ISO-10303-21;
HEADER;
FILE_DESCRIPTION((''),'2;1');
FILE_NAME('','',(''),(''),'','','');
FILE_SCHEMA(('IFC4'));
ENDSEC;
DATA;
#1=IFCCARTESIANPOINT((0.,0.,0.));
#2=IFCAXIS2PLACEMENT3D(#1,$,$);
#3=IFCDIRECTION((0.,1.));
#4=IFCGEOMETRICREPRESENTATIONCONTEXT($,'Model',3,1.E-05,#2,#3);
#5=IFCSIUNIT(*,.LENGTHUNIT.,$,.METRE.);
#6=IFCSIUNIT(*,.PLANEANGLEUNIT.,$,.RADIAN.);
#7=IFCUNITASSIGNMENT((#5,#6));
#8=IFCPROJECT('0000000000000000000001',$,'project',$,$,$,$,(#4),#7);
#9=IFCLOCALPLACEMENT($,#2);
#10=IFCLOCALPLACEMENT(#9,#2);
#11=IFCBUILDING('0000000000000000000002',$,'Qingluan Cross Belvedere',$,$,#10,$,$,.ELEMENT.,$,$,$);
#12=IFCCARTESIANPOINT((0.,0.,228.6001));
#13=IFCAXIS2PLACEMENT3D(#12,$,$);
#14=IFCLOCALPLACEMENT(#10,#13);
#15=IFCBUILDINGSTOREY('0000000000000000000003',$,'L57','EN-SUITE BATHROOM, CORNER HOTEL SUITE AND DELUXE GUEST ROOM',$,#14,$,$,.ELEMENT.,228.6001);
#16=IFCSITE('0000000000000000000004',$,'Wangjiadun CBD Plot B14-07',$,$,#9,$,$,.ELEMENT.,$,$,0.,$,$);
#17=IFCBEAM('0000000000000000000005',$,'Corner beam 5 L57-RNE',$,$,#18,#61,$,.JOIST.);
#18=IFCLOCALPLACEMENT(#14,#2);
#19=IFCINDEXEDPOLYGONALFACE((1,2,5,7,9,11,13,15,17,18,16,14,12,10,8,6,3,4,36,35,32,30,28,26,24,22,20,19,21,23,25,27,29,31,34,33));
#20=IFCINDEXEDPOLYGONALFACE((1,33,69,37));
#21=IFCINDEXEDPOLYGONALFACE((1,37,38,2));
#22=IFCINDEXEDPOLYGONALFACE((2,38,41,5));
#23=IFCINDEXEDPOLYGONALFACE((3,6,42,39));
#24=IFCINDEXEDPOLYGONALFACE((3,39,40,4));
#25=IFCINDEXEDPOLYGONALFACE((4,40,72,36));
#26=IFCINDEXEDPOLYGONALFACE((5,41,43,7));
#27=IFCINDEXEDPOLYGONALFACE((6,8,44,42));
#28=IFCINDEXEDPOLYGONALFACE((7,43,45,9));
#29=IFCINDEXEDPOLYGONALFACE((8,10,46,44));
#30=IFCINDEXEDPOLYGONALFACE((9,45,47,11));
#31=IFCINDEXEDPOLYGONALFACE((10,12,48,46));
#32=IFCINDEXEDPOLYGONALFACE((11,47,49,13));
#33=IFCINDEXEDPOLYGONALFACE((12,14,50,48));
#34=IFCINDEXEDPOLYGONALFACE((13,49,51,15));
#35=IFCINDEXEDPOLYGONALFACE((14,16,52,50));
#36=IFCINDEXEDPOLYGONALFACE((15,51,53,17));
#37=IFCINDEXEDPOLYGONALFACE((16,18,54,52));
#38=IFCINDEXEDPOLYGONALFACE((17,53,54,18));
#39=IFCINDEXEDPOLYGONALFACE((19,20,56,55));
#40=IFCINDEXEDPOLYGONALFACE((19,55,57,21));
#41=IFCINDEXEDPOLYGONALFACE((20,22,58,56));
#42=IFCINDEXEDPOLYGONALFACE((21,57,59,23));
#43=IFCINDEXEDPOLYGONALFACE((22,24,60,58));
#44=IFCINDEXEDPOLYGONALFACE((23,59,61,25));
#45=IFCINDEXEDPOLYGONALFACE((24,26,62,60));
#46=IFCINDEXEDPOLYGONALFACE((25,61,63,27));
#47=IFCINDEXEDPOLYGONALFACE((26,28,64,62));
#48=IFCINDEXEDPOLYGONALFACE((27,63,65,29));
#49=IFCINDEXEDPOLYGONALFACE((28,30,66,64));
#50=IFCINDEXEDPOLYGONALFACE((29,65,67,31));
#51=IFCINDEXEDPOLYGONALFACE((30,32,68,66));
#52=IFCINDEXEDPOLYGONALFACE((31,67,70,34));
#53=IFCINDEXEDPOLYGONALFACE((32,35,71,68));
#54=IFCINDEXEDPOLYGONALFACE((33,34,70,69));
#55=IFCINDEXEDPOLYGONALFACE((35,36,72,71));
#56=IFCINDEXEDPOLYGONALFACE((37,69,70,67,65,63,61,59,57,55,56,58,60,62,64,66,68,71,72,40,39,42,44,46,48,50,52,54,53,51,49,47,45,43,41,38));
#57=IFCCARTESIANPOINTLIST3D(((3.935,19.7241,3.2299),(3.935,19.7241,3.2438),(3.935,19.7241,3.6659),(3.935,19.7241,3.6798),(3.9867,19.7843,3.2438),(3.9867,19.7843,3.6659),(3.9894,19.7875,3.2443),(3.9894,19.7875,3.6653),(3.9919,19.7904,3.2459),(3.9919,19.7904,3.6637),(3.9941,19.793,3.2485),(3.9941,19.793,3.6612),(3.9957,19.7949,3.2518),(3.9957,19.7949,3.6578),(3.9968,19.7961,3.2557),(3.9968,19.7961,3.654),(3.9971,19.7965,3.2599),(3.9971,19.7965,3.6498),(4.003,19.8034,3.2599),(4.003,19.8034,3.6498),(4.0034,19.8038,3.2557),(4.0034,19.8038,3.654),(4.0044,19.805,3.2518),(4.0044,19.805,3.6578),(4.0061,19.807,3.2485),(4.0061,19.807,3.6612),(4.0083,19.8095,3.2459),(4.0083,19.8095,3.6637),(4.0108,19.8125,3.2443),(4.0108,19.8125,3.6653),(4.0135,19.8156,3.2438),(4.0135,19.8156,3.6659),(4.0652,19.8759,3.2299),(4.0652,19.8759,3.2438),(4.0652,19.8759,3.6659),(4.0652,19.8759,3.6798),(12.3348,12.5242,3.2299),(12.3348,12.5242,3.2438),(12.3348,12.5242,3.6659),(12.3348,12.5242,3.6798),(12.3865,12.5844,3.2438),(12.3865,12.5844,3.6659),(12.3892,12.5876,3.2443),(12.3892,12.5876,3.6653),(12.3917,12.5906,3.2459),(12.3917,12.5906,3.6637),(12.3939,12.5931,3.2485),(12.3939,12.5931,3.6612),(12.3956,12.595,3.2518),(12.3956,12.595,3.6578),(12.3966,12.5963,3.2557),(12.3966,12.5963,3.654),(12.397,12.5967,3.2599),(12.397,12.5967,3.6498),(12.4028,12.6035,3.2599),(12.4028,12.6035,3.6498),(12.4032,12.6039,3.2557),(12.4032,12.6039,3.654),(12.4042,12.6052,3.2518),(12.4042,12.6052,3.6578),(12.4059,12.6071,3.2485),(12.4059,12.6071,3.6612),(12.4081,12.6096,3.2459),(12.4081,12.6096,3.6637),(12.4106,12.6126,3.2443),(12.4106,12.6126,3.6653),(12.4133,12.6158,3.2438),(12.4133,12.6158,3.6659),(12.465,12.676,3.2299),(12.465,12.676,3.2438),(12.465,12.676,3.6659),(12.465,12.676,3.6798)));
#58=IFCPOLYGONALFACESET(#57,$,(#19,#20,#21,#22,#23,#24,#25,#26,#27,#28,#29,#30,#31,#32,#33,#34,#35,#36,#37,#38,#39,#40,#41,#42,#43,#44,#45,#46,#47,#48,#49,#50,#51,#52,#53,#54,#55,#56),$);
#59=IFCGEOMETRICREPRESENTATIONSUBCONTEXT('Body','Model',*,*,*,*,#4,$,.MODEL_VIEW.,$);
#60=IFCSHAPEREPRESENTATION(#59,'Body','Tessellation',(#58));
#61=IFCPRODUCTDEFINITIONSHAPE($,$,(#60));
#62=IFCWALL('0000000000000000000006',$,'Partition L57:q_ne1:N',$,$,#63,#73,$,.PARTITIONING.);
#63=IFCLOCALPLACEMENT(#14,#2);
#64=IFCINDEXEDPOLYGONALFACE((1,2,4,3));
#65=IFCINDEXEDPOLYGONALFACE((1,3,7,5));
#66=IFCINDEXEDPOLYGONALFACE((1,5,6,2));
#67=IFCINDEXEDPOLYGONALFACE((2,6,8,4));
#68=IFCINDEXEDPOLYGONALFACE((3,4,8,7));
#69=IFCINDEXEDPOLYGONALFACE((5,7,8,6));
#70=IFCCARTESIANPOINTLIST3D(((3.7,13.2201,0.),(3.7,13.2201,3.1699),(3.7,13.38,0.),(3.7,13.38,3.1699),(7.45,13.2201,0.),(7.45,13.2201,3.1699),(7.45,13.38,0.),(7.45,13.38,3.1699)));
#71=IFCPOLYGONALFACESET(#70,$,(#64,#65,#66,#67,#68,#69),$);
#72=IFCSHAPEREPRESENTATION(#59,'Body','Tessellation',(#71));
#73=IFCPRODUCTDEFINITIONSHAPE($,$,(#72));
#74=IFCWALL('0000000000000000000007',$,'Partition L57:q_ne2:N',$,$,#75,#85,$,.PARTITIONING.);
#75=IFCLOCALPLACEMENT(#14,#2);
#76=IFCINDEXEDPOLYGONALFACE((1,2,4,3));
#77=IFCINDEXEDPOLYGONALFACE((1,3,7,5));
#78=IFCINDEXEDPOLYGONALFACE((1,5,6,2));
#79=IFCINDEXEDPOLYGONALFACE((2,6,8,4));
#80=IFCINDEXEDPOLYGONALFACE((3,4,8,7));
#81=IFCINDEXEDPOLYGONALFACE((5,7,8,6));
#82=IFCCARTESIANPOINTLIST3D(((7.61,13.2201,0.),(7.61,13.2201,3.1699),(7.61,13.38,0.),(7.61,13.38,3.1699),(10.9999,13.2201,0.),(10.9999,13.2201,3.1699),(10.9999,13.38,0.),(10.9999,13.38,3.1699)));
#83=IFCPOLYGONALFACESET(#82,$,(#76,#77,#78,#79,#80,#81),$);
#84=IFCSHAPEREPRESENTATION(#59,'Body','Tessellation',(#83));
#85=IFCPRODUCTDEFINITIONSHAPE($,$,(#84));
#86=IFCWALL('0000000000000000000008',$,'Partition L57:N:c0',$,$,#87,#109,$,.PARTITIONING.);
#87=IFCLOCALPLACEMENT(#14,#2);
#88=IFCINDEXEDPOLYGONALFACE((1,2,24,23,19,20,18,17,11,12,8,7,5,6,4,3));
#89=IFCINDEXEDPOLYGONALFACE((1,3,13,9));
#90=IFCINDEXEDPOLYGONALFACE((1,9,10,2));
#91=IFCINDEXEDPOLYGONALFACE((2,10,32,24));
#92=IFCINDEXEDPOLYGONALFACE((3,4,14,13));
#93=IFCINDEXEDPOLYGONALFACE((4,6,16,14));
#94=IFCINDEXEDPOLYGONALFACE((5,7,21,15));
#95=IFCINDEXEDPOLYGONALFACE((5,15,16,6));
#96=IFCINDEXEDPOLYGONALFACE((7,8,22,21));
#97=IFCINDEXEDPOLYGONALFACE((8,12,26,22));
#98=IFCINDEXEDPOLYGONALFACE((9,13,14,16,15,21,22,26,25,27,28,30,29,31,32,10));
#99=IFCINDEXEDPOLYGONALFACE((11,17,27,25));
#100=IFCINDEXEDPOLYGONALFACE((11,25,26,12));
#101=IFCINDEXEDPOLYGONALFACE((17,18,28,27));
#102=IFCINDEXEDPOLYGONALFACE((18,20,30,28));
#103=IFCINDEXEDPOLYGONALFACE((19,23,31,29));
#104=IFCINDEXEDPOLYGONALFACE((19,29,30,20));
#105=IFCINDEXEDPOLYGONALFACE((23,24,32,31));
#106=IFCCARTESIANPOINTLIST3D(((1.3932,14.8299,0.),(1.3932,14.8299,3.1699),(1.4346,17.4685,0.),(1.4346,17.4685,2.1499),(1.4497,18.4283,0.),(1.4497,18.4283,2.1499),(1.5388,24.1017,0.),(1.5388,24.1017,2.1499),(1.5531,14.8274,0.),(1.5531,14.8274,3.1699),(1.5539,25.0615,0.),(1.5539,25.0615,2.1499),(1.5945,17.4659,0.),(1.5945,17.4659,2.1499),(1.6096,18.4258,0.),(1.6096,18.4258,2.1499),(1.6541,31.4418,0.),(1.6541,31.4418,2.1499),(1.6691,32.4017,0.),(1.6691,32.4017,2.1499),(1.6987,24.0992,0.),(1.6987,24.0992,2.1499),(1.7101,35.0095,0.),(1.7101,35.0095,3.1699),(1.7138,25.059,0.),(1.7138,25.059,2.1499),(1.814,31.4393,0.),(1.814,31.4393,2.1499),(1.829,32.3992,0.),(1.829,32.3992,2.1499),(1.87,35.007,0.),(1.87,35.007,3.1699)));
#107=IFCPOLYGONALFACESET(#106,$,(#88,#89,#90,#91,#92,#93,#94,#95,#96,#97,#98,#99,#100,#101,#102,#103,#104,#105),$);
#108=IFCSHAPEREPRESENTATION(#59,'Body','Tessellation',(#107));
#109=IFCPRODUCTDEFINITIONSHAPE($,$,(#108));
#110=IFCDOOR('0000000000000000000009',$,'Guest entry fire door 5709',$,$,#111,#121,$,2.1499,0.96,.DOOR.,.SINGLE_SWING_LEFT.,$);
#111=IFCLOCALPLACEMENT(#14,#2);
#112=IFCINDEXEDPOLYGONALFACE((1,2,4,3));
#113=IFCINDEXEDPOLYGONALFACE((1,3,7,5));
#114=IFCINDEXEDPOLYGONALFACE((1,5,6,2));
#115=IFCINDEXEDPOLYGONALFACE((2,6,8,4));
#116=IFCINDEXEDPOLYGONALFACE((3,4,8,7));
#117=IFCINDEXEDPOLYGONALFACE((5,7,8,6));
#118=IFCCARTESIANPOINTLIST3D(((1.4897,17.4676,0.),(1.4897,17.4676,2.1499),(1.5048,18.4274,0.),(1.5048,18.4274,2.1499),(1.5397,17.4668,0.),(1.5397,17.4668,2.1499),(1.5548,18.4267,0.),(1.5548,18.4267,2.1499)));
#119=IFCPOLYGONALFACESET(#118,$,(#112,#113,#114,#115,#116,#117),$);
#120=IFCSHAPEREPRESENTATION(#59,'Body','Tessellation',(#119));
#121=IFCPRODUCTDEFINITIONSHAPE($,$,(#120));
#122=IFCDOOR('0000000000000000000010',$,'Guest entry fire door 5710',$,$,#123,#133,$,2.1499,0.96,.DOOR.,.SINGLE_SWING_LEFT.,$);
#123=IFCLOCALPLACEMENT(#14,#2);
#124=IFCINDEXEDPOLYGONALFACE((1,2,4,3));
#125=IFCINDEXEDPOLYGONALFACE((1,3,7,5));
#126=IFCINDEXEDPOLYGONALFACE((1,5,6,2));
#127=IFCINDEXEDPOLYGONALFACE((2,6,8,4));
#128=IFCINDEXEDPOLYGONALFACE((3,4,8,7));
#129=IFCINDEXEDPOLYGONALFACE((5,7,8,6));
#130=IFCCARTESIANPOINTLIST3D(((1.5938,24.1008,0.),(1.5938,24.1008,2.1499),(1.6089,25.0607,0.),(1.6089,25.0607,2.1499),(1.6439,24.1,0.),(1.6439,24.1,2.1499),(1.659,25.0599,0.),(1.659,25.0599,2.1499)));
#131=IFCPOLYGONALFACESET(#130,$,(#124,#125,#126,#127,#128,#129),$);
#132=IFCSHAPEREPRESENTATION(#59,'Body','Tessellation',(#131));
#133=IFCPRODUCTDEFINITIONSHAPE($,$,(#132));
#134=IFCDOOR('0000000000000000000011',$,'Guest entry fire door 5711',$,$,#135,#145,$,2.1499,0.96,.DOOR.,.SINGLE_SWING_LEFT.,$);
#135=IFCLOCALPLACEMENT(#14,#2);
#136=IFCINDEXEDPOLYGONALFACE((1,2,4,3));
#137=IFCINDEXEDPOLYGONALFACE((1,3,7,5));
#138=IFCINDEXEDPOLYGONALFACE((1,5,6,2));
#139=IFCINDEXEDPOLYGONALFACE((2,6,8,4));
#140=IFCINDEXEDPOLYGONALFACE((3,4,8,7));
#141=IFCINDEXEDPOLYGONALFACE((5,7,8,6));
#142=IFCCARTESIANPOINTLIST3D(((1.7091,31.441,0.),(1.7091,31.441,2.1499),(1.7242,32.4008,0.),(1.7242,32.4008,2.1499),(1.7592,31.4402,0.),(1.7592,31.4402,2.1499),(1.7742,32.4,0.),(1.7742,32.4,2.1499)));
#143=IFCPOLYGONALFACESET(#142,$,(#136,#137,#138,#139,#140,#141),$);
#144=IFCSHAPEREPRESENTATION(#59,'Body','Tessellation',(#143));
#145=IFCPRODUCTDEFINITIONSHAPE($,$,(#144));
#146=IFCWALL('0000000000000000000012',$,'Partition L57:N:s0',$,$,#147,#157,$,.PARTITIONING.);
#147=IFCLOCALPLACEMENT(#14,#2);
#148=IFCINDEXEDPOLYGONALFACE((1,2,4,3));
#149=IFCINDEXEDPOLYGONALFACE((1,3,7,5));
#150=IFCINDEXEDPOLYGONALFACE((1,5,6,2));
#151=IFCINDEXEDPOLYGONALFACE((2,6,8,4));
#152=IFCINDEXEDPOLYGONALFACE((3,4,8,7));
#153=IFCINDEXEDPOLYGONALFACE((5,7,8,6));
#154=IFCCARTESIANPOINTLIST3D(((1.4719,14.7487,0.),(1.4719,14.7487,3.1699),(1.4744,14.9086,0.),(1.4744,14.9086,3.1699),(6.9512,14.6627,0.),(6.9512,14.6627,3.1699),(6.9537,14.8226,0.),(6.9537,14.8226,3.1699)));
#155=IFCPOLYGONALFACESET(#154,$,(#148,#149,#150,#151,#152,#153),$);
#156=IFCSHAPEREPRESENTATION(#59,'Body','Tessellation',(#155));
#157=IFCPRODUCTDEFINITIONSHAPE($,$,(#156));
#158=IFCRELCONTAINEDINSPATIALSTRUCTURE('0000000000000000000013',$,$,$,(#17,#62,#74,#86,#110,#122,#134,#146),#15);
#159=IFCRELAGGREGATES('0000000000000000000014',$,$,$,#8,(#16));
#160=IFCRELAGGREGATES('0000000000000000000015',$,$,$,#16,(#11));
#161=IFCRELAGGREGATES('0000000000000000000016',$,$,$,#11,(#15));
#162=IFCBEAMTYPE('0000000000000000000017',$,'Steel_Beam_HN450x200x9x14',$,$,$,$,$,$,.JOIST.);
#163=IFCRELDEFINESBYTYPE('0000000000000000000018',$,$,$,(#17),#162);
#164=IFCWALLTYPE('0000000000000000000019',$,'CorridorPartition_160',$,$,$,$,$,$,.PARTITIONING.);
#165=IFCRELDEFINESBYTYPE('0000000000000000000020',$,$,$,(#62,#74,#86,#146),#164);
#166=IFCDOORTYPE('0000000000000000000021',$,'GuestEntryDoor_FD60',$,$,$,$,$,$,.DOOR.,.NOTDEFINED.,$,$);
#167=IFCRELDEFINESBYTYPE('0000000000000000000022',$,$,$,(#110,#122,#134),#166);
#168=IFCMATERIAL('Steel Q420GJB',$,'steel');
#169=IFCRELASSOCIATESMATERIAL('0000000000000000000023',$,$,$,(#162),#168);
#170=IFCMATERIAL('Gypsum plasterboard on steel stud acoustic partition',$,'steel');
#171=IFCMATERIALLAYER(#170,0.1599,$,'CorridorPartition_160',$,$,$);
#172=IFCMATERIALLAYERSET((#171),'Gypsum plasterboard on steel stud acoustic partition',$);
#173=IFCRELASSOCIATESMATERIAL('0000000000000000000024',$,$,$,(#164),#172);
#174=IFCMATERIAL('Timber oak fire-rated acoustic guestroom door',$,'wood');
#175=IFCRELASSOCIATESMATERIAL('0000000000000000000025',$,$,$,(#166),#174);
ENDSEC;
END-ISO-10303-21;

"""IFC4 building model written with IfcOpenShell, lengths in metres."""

from ifc_helpers import new_model, si_unit, direction, frame, frame_2d, origin, origin_2d, place, context, subcontext, project, spatial, rectangle, i_section, extrude, material, layer, layer_set, material_profile, profile_set, type_object, element, fill, save


model = new_model("IFC4")

# Units and contexts
model_context = context("Model", 3, precision=1e-05, world=origin(), true_north=direction((0.0, 1.0)))
body_context = subcontext(model_context, "Body", "Model", "MODEL_VIEW")
ifc_project = project(units=[si_unit("LENGTHUNIT", "METRE"), si_unit("PLANEANGLEUNIT", "RADIAN")], contexts=[model_context])

# Site, building, storey
site_placement = place(None, origin())
site = spatial("IfcSite", under=ifc_project, at=site_placement, Name="Wangjiadun CBD Plot B14-07", CompositionType="ELEMENT", RefElevation=0.0)
building_placement = place(site_placement, origin())
building = spatial("IfcBuilding", under=site, at=building_placement, Name="Qingluan Cross Belvedere", CompositionType="ELEMENT")
storey_placement = place(building_placement, frame((0.0, 0.0, 228.6001)))
storey = spatial("IfcBuildingStorey", under=building, at=storey_placement, Name="L57", Description="EN-SUITE BATHROOM, CORNER HOTEL SUITE AND DELUXE GUEST ROOM", CompositionType="ELEMENT", Elevation=228.6001)

# Beam
ifc_material_1 = material(Name="Steel Q420GJB", Category="steel")
ifc_material_profile_1 = material_profile(ifc_material_1, i_section(OverallWidth=0.2, OverallDepth=0.45, WebThickness=0.009, FlangeThickness=0.0139, FilletRadius=0.0161, at=origin_2d()), Name="HN450x200x9x14")
ifc_profile_set_1 = profile_set([ifc_material_profile_1], Name="Steel Q420GJB")
beam_type = type_object("IfcBeamType", Name="Steel_Beam_HN450x200x9x14", PredefinedType="JOIST", material=ifc_profile_set_1)
beam_1_placement = place(storey_placement, frame((12.3999, 12.6001, 3.4548), z_axis=(-0.759255, 0.650793, 0.0), x_axis=(-0.650793, -0.759255, 0.0)))
element("IfcBeam", 1, at=beam_1_placement, inside=storey, type_object=beam_type, Name="Corner beam 5 L57-RNE", PredefinedType="JOIST", context=body_context, shape_type="SweptSolid", body=[
    extrude(i_section(OverallWidth=0.2, OverallDepth=0.45, WebThickness=0.009, FlangeThickness=0.0139, FilletRadius=0.0161, at=origin_2d()), origin(), (0.0, 0.0, 1.0), 11.0632),
])

# Walls
ifc_material_2 = material(Name="Gypsum plasterboard on steel stud acoustic partition", Category="steel")
ifc_layer_1 = layer(ifc_material_2, 0.1599, Name="CorridorPartition_160")
ifc_layer_set_1 = layer_set([ifc_layer_1], Name="Gypsum plasterboard on steel stud acoustic partition")
wall_type_1 = type_object("IfcWallType", Name="CorridorPartition_160", PredefinedType="PARTITIONING", material=ifc_layer_set_1)
wall_1_placement = place(storey_placement, frame((3.7, 13.3, 0.0), z_axis=(0.0, 0.0, 1.0), x_axis=(1.0, 0.0, 0.0)))
element("IfcWall", 2, at=wall_1_placement, inside=storey, type_object=wall_type_1, Name="Partition L57:q_ne1:N", PredefinedType="PARTITIONING", context=body_context, shape_type="SweptSolid", body=[
    extrude(rectangle(XDim=3.75, YDim=0.1599, at=frame_2d((1.875, 0.0))), origin(), (0.0, 0.0, 1.0), 3.1699),
])
wall_2_placement = place(storey_placement, frame((7.6101, 13.3, 0.0), z_axis=(0.0, 0.0, 1.0), x_axis=(1.0, 0.0, 0.0)))
element("IfcWall", 3, at=wall_2_placement, inside=storey, type_object=wall_type_1, Name="Partition L57:q_ne2:N", PredefinedType="PARTITIONING", context=body_context, shape_type="SweptSolid", body=[
    extrude(rectangle(XDim=3.3899, YDim=0.1599, at=frame_2d((1.6948, 0.0))), origin(), (0.0, 0.0, 1.0), 3.1699),
])

# Wall, openings, doors
wall_3_placement = place(storey_placement, frame((1.4731, 14.8286, 0.0), z_axis=(0.0, 0.0, 1.0), x_axis=(0.015702, 0.999877, 0.0)))
wall_3 = element("IfcWall", 4, at=wall_3_placement, inside=storey, type_object=wall_type_1, Name="Partition L57:N:c0", PredefinedType="PARTITIONING", context=body_context, shape_type="SweptSolid", body=[
    extrude(rectangle(XDim=20.1821, YDim=0.1599, at=frame_2d((10.0911, 0.0))), origin(), (0.0, 0.0, 1.0), 3.1699),
])
opening_1_placement = place(wall_3_placement, frame((2.6389, 0.0, 0.0)))
opening_1 = element("IfcOpeningElement", 5, at=opening_1_placement, cuts=wall_3, PredefinedType="OPENING", context=body_context, shape_type="SweptSolid", body=[
    extrude(rectangle(XDim=0.96, YDim=2.1499, at=frame_2d((0.48, 1.075))), frame((0.0, 0.0898, 0.0), z_axis=(0.0, -1.0, 0.0), x_axis=(1.0, 0.0, 0.0)), (0.0, 0.0, 1.0), 0.1799),
])
opening_2_placement = place(wall_3_placement, frame((9.2729, 0.0, 0.0)))
opening_2 = element("IfcOpeningElement", 6, at=opening_2_placement, cuts=wall_3, PredefinedType="OPENING", context=body_context, shape_type="SweptSolid", body=[
    extrude(rectangle(XDim=0.96, YDim=2.1499, at=frame_2d((0.48, 1.075))), frame((0.0, 0.0898, 0.0), z_axis=(0.0, -1.0, 0.0), x_axis=(1.0, 0.0, 0.0)), (0.0, 0.0, 1.0), 0.1799),
])
opening_3_placement = place(wall_3_placement, frame((16.614, 0.0, 0.0)))
opening_3 = element("IfcOpeningElement", 7, at=opening_3_placement, cuts=wall_3, PredefinedType="OPENING", context=body_context, shape_type="SweptSolid", body=[
    extrude(rectangle(XDim=0.96, YDim=2.1499, at=frame_2d((0.48, 1.075))), frame((0.0, 0.0898, 0.0), z_axis=(0.0, -1.0, 0.0), x_axis=(1.0, 0.0, 0.0)), (0.0, 0.0, 1.0), 0.1799),
])
ifc_material_3 = material(Name="Timber oak fire-rated acoustic guestroom door", Category="wood")
door_type = type_object("IfcDoorType", Name="GuestEntryDoor_FD60", OperationType="NOTDEFINED", PredefinedType="DOOR", material=ifc_material_3)
door_1_placement = place(opening_1_placement, origin())
door_1 = element("IfcDoor", 8, at=door_1_placement, inside=storey, type_object=door_type, Name="Guest entry fire door 5709", OperationType="SINGLE_SWING_LEFT", OverallHeight=2.1499, OverallWidth=0.96, PredefinedType="DOOR", context=body_context, shape_type="SweptSolid", body=[
    extrude(rectangle(XDim=0.96, YDim=2.1499, at=frame_2d((0.48, 1.075))), frame((0.0, 0.0249, 0.0), z_axis=(0.0, -1.0, 0.0), x_axis=(1.0, 0.0, 0.0)), (0.0, 0.0, 1.0), 0.05),
])
fill(opening_1, door_1)
door_2_placement = place(opening_2_placement, origin())
door_2 = element("IfcDoor", 9, at=door_2_placement, inside=storey, type_object=door_type, Name="Guest entry fire door 5710", OperationType="SINGLE_SWING_LEFT", OverallHeight=2.1499, OverallWidth=0.96, PredefinedType="DOOR", context=body_context, shape_type="SweptSolid", body=[
    extrude(rectangle(XDim=0.96, YDim=2.1499, at=frame_2d((0.48, 1.075))), frame((0.0, 0.0249, 0.0), z_axis=(0.0, -1.0, 0.0), x_axis=(1.0, 0.0, 0.0)), (0.0, 0.0, 1.0), 0.05),
])
fill(opening_2, door_2)
door_3_placement = place(opening_3_placement, origin())
door_3 = element("IfcDoor", 10, at=door_3_placement, inside=storey, type_object=door_type, Name="Guest entry fire door 5711", OperationType="SINGLE_SWING_LEFT", OverallHeight=2.1499, OverallWidth=0.96, PredefinedType="DOOR", context=body_context, shape_type="SweptSolid", body=[
    extrude(rectangle(XDim=0.96, YDim=2.1499, at=frame_2d((0.48, 1.075))), frame((0.0, 0.0249, 0.0), z_axis=(0.0, -1.0, 0.0), x_axis=(1.0, 0.0, 0.0)), (0.0, 0.0, 1.0), 0.05),
])
fill(opening_3, door_3)

# Wall
wall_4_placement = place(storey_placement, frame((1.4731, 14.8286, 0.0), z_axis=(0.0, 0.0, 1.0), x_axis=(0.999877, -0.015682, 0.0)))
element("IfcWall", 11, at=wall_4_placement, inside=storey, type_object=wall_type_1, Name="Partition L57:N:s0", PredefinedType="PARTITIONING", context=body_context, shape_type="SweptSolid", body=[
    extrude(rectangle(XDim=5.48, YDim=0.1599, at=frame_2d((2.74, 0.0))), origin(), (0.0, 0.0, 1.0), 3.1699),
])

save(model, "model.ifc")
